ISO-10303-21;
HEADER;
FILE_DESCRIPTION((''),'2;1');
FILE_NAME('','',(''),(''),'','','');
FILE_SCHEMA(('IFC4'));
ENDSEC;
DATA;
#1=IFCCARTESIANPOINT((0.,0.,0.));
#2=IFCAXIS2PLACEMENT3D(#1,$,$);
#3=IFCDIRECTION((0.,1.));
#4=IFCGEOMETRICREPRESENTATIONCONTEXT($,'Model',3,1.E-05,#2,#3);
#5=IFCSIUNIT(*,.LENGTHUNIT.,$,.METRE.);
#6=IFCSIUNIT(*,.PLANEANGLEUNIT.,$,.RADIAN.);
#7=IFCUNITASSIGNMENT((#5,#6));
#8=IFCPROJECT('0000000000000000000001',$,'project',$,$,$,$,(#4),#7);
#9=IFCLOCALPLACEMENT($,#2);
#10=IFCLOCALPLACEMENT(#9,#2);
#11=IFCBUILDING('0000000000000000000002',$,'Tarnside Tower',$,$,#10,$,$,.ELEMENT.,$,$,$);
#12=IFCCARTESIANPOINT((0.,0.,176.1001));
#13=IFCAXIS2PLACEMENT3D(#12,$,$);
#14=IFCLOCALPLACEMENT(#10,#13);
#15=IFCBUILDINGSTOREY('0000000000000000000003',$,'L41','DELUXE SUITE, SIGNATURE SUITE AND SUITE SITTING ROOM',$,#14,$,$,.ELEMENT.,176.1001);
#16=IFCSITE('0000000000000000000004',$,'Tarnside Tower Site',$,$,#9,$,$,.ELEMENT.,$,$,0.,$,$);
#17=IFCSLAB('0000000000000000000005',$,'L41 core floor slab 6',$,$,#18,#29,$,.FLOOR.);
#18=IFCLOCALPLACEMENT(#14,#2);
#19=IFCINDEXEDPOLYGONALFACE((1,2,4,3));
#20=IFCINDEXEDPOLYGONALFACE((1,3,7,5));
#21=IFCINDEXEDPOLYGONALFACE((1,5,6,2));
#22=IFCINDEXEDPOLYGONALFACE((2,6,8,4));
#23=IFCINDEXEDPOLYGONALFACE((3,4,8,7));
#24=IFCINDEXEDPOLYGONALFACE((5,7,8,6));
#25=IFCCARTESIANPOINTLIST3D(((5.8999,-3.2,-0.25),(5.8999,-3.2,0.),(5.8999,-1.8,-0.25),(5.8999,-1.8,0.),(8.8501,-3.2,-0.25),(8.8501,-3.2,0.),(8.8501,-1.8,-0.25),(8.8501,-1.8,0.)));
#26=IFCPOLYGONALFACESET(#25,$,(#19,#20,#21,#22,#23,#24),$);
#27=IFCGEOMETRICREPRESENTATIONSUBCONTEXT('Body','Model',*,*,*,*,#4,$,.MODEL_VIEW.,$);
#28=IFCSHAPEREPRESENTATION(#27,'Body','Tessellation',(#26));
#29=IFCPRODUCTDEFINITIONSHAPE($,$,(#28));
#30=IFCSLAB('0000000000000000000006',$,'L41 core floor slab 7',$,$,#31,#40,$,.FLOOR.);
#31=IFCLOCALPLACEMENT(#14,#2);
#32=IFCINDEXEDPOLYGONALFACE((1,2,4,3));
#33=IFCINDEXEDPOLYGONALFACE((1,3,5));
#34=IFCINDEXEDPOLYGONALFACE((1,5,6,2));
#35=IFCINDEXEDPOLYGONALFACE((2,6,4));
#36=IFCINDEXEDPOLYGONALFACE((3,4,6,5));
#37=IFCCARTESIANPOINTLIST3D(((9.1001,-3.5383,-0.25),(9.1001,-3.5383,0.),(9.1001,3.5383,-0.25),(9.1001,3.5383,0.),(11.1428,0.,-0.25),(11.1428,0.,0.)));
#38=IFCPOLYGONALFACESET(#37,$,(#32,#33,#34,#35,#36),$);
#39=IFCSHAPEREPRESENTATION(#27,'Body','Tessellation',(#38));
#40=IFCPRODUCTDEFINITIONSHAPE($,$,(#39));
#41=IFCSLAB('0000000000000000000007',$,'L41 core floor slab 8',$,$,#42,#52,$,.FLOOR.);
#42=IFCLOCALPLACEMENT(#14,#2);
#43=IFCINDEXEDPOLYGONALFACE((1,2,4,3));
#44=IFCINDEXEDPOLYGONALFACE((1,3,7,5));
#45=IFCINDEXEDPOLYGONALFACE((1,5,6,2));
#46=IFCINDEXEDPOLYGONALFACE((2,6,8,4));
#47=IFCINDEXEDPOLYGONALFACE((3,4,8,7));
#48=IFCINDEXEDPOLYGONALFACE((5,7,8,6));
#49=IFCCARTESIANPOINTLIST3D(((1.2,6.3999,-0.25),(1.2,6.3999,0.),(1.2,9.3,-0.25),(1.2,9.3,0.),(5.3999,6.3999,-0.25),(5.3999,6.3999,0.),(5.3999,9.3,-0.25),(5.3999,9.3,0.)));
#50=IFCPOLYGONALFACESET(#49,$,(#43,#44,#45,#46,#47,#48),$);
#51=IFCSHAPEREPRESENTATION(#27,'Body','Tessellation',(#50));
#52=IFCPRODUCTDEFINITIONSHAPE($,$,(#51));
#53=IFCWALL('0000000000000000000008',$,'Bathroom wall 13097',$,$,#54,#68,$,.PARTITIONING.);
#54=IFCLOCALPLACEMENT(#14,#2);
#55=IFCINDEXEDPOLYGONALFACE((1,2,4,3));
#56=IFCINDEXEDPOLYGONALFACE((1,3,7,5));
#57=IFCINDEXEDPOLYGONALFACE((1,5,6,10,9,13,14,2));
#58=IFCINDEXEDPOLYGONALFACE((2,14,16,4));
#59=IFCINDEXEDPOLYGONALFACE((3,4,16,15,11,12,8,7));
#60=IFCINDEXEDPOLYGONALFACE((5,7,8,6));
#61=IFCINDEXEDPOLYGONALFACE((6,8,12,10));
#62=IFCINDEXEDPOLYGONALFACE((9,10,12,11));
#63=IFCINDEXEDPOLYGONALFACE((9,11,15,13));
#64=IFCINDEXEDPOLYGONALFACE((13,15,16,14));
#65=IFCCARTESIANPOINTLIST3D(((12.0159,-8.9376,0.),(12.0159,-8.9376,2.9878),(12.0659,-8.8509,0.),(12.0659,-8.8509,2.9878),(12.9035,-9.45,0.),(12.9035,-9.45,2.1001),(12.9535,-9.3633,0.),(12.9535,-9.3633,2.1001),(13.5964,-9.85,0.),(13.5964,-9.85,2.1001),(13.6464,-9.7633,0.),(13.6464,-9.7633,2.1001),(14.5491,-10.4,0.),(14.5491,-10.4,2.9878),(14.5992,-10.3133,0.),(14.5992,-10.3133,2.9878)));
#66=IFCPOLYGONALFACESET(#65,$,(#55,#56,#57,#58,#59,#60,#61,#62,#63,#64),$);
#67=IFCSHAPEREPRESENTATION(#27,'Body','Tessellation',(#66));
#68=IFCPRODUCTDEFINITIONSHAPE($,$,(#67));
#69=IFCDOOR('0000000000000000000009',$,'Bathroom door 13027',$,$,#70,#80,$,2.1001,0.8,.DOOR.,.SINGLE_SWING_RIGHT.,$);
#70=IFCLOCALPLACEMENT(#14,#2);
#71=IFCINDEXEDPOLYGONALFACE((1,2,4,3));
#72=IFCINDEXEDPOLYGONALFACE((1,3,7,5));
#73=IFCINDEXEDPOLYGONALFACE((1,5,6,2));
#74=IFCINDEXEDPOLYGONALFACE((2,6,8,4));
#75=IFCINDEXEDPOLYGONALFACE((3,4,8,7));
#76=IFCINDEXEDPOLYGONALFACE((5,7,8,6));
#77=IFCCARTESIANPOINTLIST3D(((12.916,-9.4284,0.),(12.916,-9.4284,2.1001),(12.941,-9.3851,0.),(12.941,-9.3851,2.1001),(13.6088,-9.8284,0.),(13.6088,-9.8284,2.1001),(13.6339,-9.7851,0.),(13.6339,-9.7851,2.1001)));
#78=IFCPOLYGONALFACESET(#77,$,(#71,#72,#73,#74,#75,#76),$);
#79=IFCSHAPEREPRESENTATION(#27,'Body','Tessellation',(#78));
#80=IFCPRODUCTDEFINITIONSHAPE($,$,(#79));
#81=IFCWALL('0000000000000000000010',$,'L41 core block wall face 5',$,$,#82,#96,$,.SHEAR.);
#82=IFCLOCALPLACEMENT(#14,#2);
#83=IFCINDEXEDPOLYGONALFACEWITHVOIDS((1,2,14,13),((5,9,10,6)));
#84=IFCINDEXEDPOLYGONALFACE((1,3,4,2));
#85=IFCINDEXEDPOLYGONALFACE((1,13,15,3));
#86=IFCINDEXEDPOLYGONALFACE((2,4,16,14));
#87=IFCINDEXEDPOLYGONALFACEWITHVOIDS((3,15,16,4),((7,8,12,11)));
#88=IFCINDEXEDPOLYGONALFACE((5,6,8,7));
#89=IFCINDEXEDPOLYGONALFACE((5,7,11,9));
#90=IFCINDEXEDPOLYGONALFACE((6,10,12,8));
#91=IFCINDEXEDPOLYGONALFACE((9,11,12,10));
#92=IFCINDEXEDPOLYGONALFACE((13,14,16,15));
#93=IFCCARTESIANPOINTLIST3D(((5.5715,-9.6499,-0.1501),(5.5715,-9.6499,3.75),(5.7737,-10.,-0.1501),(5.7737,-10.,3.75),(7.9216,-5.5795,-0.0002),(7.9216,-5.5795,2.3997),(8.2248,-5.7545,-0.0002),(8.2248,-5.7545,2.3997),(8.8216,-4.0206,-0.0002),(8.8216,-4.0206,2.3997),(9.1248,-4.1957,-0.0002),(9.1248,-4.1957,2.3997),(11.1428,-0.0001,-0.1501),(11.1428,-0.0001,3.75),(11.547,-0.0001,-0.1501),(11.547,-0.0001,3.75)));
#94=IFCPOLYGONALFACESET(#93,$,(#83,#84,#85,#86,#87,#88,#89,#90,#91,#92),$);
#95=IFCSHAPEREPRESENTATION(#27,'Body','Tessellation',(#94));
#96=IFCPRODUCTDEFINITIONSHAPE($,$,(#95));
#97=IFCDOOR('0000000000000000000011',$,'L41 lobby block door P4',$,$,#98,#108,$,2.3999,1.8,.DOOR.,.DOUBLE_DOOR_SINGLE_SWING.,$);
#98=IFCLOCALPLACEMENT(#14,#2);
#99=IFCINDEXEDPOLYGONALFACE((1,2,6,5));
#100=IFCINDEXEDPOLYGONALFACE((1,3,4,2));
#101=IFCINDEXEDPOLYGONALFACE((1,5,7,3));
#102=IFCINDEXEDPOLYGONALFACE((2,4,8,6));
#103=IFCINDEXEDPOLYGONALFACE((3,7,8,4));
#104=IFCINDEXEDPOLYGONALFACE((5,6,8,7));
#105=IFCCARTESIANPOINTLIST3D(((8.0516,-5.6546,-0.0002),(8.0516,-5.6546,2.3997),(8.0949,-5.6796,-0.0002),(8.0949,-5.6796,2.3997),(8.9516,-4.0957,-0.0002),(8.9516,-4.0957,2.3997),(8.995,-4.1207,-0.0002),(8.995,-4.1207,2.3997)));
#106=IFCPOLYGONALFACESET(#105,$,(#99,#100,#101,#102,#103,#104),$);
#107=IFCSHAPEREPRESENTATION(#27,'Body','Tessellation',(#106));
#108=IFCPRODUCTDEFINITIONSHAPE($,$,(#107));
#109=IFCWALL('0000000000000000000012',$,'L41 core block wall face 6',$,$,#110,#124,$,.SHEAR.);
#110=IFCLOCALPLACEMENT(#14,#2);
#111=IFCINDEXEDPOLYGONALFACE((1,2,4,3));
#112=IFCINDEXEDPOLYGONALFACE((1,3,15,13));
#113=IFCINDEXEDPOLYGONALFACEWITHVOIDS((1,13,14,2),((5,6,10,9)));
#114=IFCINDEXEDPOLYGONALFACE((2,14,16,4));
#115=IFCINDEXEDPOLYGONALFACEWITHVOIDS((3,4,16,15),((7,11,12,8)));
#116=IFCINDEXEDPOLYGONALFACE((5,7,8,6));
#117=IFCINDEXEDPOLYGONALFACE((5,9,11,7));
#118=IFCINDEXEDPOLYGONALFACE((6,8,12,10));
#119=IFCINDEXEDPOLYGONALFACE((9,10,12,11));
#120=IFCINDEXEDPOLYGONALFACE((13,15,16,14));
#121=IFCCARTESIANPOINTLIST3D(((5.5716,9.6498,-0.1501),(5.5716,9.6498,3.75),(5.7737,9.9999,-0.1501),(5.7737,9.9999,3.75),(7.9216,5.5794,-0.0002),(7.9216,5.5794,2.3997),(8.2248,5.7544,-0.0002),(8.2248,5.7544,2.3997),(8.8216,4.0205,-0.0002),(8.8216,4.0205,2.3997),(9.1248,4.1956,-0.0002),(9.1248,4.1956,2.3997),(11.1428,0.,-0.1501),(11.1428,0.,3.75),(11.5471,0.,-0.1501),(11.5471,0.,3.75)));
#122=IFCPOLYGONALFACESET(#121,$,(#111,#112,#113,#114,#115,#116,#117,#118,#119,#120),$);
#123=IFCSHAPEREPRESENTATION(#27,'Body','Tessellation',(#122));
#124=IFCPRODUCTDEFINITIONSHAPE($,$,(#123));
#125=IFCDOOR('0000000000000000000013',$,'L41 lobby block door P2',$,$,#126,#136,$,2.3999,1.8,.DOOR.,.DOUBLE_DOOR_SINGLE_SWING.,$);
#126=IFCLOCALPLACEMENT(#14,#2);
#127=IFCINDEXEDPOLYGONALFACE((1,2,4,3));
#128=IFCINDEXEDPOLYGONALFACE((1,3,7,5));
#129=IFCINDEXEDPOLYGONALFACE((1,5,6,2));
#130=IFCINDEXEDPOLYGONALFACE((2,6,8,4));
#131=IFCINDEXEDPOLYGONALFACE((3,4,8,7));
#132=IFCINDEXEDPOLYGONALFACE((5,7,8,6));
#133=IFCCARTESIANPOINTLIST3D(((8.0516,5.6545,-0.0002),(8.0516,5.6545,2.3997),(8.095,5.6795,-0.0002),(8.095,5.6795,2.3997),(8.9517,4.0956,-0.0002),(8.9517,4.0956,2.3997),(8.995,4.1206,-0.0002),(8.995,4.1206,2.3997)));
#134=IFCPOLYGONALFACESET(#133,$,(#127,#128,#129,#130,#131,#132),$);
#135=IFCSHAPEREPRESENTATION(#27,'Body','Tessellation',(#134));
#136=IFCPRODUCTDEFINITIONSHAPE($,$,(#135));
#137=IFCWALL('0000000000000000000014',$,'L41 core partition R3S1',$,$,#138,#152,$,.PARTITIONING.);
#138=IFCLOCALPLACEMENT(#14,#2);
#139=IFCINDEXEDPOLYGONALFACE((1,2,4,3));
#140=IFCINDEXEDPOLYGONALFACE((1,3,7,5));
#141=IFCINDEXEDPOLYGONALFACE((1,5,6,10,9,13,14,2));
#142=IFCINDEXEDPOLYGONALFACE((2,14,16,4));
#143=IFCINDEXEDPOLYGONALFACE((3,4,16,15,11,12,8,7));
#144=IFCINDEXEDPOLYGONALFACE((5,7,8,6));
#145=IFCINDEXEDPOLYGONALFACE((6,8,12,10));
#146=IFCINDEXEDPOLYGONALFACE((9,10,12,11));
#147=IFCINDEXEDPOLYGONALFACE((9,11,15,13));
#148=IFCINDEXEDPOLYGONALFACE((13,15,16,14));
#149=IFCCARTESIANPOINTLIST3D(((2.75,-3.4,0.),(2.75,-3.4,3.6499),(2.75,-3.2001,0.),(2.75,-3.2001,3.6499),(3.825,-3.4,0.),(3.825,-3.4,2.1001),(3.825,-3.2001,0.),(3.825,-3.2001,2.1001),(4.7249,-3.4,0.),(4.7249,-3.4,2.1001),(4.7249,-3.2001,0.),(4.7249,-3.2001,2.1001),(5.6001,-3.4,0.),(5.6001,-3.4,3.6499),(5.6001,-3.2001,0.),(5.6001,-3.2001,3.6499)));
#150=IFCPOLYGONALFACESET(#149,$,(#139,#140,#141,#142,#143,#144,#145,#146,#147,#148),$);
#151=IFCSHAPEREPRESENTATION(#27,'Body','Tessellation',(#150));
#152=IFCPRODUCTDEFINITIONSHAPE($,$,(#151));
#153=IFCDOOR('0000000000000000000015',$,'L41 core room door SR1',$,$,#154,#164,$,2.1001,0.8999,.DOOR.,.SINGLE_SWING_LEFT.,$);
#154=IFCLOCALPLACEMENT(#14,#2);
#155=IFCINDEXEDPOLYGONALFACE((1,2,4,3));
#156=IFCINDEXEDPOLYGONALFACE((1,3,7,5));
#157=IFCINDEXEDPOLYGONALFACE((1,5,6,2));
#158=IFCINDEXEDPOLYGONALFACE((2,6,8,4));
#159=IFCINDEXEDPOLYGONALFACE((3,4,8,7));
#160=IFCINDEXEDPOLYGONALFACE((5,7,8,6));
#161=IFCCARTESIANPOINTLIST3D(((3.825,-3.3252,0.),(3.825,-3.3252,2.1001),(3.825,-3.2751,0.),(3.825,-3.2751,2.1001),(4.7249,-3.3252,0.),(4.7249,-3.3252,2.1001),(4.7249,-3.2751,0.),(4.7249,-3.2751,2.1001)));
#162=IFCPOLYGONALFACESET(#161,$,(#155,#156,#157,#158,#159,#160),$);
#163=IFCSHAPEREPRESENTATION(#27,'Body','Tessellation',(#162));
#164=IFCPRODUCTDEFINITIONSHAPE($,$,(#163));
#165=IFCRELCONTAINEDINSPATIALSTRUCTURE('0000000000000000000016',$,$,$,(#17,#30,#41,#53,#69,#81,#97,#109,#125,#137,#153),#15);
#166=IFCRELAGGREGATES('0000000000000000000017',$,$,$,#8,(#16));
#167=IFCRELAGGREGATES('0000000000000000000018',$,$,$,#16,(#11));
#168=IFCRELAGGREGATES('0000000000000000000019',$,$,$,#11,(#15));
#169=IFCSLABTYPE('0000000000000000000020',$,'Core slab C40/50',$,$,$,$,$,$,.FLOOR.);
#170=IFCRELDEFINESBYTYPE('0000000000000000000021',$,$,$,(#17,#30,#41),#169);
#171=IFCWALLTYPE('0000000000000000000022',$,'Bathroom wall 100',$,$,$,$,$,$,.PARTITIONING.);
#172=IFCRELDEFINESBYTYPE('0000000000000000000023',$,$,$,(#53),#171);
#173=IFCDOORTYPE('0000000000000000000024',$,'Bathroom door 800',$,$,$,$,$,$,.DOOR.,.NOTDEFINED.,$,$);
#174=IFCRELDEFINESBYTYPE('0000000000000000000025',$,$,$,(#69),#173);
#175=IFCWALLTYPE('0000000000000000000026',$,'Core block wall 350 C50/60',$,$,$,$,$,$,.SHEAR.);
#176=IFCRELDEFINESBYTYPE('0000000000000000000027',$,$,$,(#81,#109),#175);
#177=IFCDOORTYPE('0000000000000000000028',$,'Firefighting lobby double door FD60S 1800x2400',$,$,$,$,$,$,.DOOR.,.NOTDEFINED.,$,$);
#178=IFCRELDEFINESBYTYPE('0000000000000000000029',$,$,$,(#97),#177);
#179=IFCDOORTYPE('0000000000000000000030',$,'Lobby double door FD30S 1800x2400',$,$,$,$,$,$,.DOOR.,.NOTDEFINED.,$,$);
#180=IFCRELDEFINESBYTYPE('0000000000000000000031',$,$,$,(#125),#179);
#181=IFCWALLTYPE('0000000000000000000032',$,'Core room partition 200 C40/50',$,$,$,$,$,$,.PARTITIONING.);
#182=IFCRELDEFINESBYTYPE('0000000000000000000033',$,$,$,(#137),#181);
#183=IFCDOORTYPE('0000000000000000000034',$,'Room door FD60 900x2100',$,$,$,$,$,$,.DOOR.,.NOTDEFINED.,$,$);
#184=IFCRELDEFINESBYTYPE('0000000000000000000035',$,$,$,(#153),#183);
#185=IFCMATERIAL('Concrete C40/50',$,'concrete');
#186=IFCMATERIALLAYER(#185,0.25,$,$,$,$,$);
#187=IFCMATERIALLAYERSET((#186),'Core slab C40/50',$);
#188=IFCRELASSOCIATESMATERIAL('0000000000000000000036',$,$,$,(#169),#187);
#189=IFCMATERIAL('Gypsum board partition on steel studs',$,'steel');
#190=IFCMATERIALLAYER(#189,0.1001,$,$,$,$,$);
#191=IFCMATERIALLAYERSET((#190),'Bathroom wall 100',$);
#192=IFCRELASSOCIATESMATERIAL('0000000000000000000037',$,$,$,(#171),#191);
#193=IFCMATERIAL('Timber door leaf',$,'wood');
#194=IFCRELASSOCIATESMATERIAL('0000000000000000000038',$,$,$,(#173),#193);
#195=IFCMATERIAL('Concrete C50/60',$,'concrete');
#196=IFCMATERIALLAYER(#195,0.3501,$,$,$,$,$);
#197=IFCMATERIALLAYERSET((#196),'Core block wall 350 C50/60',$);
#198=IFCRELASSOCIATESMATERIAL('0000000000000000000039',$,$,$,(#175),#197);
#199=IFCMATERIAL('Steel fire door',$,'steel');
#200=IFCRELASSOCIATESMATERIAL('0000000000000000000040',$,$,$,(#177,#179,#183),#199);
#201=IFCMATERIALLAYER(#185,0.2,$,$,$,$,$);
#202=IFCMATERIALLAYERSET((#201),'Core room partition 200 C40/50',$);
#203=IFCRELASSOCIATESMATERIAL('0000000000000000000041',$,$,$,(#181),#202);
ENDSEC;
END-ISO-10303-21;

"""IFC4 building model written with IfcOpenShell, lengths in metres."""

from ifc_helpers import new_model, si_unit, direction, frame, frame_2d, origin, place, context, subcontext, project, spatial, polyline, rectangle, outline, extrude, material, layer, layer_set, type_object, element, fill, save


model = new_model("IFC4")

# Units and contexts
model_context = context("Model", 3, precision=1e-05, world=origin(), true_north=direction((0.0, 1.0)))
body_context = subcontext(model_context, "Body", "Model", "MODEL_VIEW")
ifc_project = project(units=[si_unit("LENGTHUNIT", "METRE"), si_unit("PLANEANGLEUNIT", "RADIAN")], contexts=[model_context])

# Site, building, storey
site_placement = place(None, origin())
site = spatial("IfcSite", under=ifc_project, at=site_placement, Name="Tarnside Tower Site", CompositionType="ELEMENT", RefElevation=0.0)
building_placement = place(site_placement, origin())
building = spatial("IfcBuilding", under=site, at=building_placement, Name="Tarnside Tower", CompositionType="ELEMENT")
storey_placement = place(building_placement, frame((0.0, 0.0, 176.1001)))
storey = spatial("IfcBuildingStorey", under=building, at=storey_placement, Name="L41", Description="DELUXE SUITE, SIGNATURE SUITE AND SUITE SITTING ROOM", CompositionType="ELEMENT", Elevation=176.1001)

# Slabs
ifc_material_1 = material(Name="Concrete C40/50", Category="concrete")
ifc_layer_1 = layer(ifc_material_1, 0.25)
ifc_layer_set_1 = layer_set([ifc_layer_1], Name="Core slab C40/50")
slab_type = type_object("IfcSlabType", Name="Core slab C40/50", PredefinedType="FLOOR", material=ifc_layer_set_1)
slab_1_placement = place(storey_placement, frame((0.0, 0.0, -0.25)))
element("IfcSlab", 1, at=slab_1_placement, inside=storey, type_object=slab_type, Name="L41 core floor slab 6", PredefinedType="FLOOR", context=body_context, shape_type="SweptSolid", body=[
    extrude(outline(polyline([(5.8999, -3.2), (5.8999, -1.8), (8.8501, -1.8), (8.8501, -3.2), (5.8999, -3.2)])), origin(), (0.0, 0.0, 1.0), 0.25),
])
slab_2_placement = place(storey_placement, frame((0.0, 0.0, -0.25)))
element("IfcSlab", 2, at=slab_2_placement, inside=storey, type_object=slab_type, Name="L41 core floor slab 7", PredefinedType="FLOOR", context=body_context, shape_type="SweptSolid", body=[
    extrude(outline(polyline([(9.1001, -3.5383), (9.1001, 3.5383), (11.1428, 0.0), (9.1001, -3.5383)])), origin(), (0.0, 0.0, 1.0), 0.25),
])
slab_3_placement = place(storey_placement, frame((0.0, 0.0, -0.25)))
element("IfcSlab", 3, at=slab_3_placement, inside=storey, type_object=slab_type, Name="L41 core floor slab 8", PredefinedType="FLOOR", context=body_context, shape_type="SweptSolid", body=[
    extrude(outline(polyline([(5.3999, 9.3), (5.3999, 6.3999), (1.2, 6.3999), (1.2, 9.3), (5.3999, 9.3)])), origin(), (0.0, 0.0, 1.0), 0.25),
])

# Walls, openings, doors
ifc_material_2 = material(Name="Gypsum board partition on steel studs", Category="steel")
ifc_layer_2 = layer(ifc_material_2, 0.1001)
ifc_layer_set_2 = layer_set([ifc_layer_2], Name="Bathroom wall 100")
wall_type_1 = type_object("IfcWallType", Name="Bathroom wall 100", PredefinedType="PARTITIONING", material=ifc_layer_set_2)
wall_1_placement = place(storey_placement, frame((12.041, -8.8943, 0.0), z_axis=(0.0, 0.0, 1.0), x_axis=(0.866047, -0.499963, 0.0)))
wall_1 = element("IfcWall", 4, at=wall_1_placement, inside=storey, type_object=wall_type_1, Name="Bathroom wall 13097", PredefinedType="PARTITIONING", context=body_context, shape_type="SweptSolid", body=[
    extrude(rectangle(XDim=2.925, YDim=0.1001, at=frame_2d((1.4624, 0.0))), origin(), (0.0, 0.0, 1.0), 2.9878),
])
opening_1_placement = place(wall_1_placement, frame((1.0249, 0.0, 0.0)))
opening_1 = element("IfcOpeningElement", 5, at=opening_1_placement, cuts=wall_1, PredefinedType="OPENING", context=body_context, shape_type="SweptSolid", body=[
    extrude(rectangle(XDim=0.8, YDim=2.1001, at=frame_2d((0.3999, 1.05))), frame((0.0, 0.0601, 0.0), z_axis=(0.0, -1.0, 0.0), x_axis=(1.0, 0.0, 0.0)), (0.0, 0.0, 1.0), 0.1201),
])
ifc_material_3 = material(Name="Timber door leaf", Category="wood")
door_type_1 = type_object("IfcDoorType", Name="Bathroom door 800", OperationType="NOTDEFINED", PredefinedType="DOOR", material=ifc_material_3)
door_1_placement = place(opening_1_placement, origin())
door_1 = element("IfcDoor", 6, at=door_1_placement, inside=storey, type_object=door_type_1, Name="Bathroom door 13027", OperationType="SINGLE_SWING_RIGHT", OverallHeight=2.1001, OverallWidth=0.8, PredefinedType="DOOR", context=body_context, shape_type="SweptSolid", body=[
    extrude(rectangle(XDim=0.8, YDim=2.1001, at=frame_2d((0.3999, 1.05))), frame((0.0, 0.0249, 0.0), z_axis=(0.0, -1.0, 0.0), x_axis=(1.0, 0.0, 0.0)), (0.0, 0.0, 1.0), 0.05),
])
fill(opening_1, door_1)
ifc_material_4 = material(Name="Concrete C50/60", Category="concrete")
ifc_layer_3 = layer(ifc_material_4, 0.3501)
ifc_layer_set_3 = layer_set([ifc_layer_3], Name="Core block wall 350 C50/60")
wall_type_2 = type_object("IfcWallType", Name="Core block wall 350 C50/60", PredefinedType="SHEAR", material=ifc_layer_set_3)
wall_2_placement = place(storey_placement, frame((5.6726, -9.825, -0.1501), z_axis=(0.0, 0.0, 1.0), x_axis=(0.499995, 0.866028, 0.0)))
wall_2 = element("IfcWall", 7, at=wall_2_placement, inside=storey, type_object=wall_type_2, Name="L41 core block wall face 5", PredefinedType="SHEAR", context=body_context, shape_type="SweptSolid", body=[
    extrude(outline(polyline([(-0.1011, -0.175), (11.4458, -0.175), (11.2437, 0.175), (0.1011, 0.175), (-0.1011, -0.175)])), origin(), (0.0, 0.0, 1.0), 3.9001),
])
opening_2_placement = place(wall_2_placement, frame((4.8013, 0.0, 0.1499)))
opening_2 = element("IfcOpeningElement", 8, at=opening_2_placement, cuts=wall_2, PredefinedType="OPENING", context=body_context, shape_type="SweptSolid", body=[
    extrude(rectangle(XDim=1.8, YDim=2.3999, at=frame_2d((0.8999, 1.2))), frame((0.0, 0.1851, 0.0), z_axis=(0.0, -1.0, 0.0), x_axis=(1.0, 0.0, 0.0)), (0.0, 0.0, 1.0), 0.3701),
])
ifc_material_5 = material(Name="Steel fire door", Category="steel")
door_type_2 = type_object("IfcDoorType", Name="Firefighting lobby double door FD60S 1800x2400", OperationType="NOTDEFINED", PredefinedType="DOOR", material=ifc_material_5)
door_2_placement = place(opening_2_placement, origin())
door_2 = element("IfcDoor", 9, at=door_2_placement, inside=storey, type_object=door_type_2, Name="L41 lobby block door P4", OperationType="DOUBLE_DOOR_SINGLE_SWING", OverallHeight=2.3999, OverallWidth=1.8, PredefinedType="DOOR", context=body_context, shape_type="SweptSolid", body=[
    extrude(rectangle(XDim=1.8, YDim=2.3999, at=frame_2d((0.8999, 1.2))), frame((0.0, 0.0249, 0.0), z_axis=(0.0, -1.0, 0.0), x_axis=(1.0, 0.0, 0.0)), (0.0, 0.0, 1.0), 0.05),
])
fill(opening_2, door_2)
wall_3_placement = place(storey_placement, frame((11.345, 0.0, -0.1501), z_axis=(0.0, 0.0, 1.0), x_axis=(-0.499995, 0.866028, 0.0)))
wall_3 = element("IfcWall", 10, at=wall_3_placement, inside=storey, type_object=wall_type_2, Name="L41 core block wall face 6", PredefinedType="SHEAR", context=body_context, shape_type="SweptSolid", body=[
    extrude(outline(polyline([(-0.1011, -0.175), (11.4458, -0.175), (11.2437, 0.175), (0.1011, 0.175), (-0.1011, -0.175)])), origin(), (0.0, 0.0, 1.0), 3.9001),
])
opening_3_placement = place(wall_3_placement, frame((4.7437, 0.0, 0.1499)))
opening_3 = element("IfcOpeningElement", 11, at=opening_3_placement, cuts=wall_3, PredefinedType="OPENING", context=body_context, shape_type="SweptSolid", body=[
    extrude(rectangle(XDim=1.8, YDim=2.3999, at=frame_2d((0.8999, 1.2))), frame((0.0, 0.1851, 0.0), z_axis=(0.0, -1.0, 0.0), x_axis=(1.0, 0.0, 0.0)), (0.0, 0.0, 1.0), 0.3701),
])
door_type_3 = type_object("IfcDoorType", Name="Lobby double door FD30S 1800x2400", OperationType="NOTDEFINED", PredefinedType="DOOR", material=ifc_material_5)
door_3_placement = place(opening_3_placement, origin())
door_3 = element("IfcDoor", 12, at=door_3_placement, inside=storey, type_object=door_type_3, Name="L41 lobby block door P2", OperationType="DOUBLE_DOOR_SINGLE_SWING", OverallHeight=2.3999, OverallWidth=1.8, PredefinedType="DOOR", context=body_context, shape_type="SweptSolid", body=[
    extrude(rectangle(XDim=1.8, YDim=2.3999, at=frame_2d((0.8999, 1.2))), frame((0.0, 0.0249, 0.0), z_axis=(0.0, -1.0, 0.0), x_axis=(1.0, 0.0, 0.0)), (0.0, 0.0, 1.0), 0.05),
])
fill(opening_3, door_3)
ifc_layer_4 = layer(ifc_material_1, 0.2)
ifc_layer_set_4 = layer_set([ifc_layer_4], Name="Core room partition 200 C40/50")
wall_type_3 = type_object("IfcWallType", Name="Core room partition 200 C40/50", PredefinedType="PARTITIONING", material=ifc_layer_set_4)
wall_4_placement = place(storey_placement, frame((2.75, -3.3, 0.0), z_axis=(0.0, 0.0, 1.0), x_axis=(1.0, 0.0, 0.0)))
wall_4 = element("IfcWall", 13, at=wall_4_placement, inside=storey, type_object=wall_type_3, Name="L41 core partition R3S1", PredefinedType="PARTITIONING", context=body_context, shape_type="SweptSolid", body=[
    extrude(rectangle(XDim=2.8501, YDim=0.2, at=frame_2d((1.425, 0.0))), origin(), (0.0, 0.0, 1.0), 3.6499),
])
opening_4_placement = place(wall_4_placement, frame((1.075, 0.0, 0.0)))
opening_4 = element("IfcOpeningElement", 14, at=opening_4_placement, cuts=wall_4, PredefinedType="OPENING", context=body_context, shape_type="SweptSolid", body=[
    extrude(rectangle(XDim=0.8999, YDim=2.1001, at=frame_2d((0.45, 1.05))), frame((0.0, 0.1099, 0.0), z_axis=(0.0, -1.0, 0.0), x_axis=(1.0, 0.0, 0.0)), (0.0, 0.0, 1.0), 0.22),
])
door_type_4 = type_object("IfcDoorType", Name="Room door FD60 900x2100", OperationType="NOTDEFINED", PredefinedType="DOOR", material=ifc_material_5)
door_4_placement = place(opening_4_placement, origin())
door_4 = element("IfcDoor", 15, at=door_4_placement, inside=storey, type_object=door_type_4, Name="L41 core room door SR1", OperationType="SINGLE_SWING_LEFT", OverallHeight=2.1001, OverallWidth=0.8999, PredefinedType="DOOR", context=body_context, shape_type="SweptSolid", body=[
    extrude(rectangle(XDim=0.8999, YDim=2.1001, at=frame_2d((0.45, 1.05))), frame((0.0, 0.0249, 0.0), z_axis=(0.0, -1.0, 0.0), x_axis=(1.0, 0.0, 0.0)), (0.0, 0.0, 1.0), 0.05),
])
fill(opening_4, door_4)

save(model, "model.ifc")
